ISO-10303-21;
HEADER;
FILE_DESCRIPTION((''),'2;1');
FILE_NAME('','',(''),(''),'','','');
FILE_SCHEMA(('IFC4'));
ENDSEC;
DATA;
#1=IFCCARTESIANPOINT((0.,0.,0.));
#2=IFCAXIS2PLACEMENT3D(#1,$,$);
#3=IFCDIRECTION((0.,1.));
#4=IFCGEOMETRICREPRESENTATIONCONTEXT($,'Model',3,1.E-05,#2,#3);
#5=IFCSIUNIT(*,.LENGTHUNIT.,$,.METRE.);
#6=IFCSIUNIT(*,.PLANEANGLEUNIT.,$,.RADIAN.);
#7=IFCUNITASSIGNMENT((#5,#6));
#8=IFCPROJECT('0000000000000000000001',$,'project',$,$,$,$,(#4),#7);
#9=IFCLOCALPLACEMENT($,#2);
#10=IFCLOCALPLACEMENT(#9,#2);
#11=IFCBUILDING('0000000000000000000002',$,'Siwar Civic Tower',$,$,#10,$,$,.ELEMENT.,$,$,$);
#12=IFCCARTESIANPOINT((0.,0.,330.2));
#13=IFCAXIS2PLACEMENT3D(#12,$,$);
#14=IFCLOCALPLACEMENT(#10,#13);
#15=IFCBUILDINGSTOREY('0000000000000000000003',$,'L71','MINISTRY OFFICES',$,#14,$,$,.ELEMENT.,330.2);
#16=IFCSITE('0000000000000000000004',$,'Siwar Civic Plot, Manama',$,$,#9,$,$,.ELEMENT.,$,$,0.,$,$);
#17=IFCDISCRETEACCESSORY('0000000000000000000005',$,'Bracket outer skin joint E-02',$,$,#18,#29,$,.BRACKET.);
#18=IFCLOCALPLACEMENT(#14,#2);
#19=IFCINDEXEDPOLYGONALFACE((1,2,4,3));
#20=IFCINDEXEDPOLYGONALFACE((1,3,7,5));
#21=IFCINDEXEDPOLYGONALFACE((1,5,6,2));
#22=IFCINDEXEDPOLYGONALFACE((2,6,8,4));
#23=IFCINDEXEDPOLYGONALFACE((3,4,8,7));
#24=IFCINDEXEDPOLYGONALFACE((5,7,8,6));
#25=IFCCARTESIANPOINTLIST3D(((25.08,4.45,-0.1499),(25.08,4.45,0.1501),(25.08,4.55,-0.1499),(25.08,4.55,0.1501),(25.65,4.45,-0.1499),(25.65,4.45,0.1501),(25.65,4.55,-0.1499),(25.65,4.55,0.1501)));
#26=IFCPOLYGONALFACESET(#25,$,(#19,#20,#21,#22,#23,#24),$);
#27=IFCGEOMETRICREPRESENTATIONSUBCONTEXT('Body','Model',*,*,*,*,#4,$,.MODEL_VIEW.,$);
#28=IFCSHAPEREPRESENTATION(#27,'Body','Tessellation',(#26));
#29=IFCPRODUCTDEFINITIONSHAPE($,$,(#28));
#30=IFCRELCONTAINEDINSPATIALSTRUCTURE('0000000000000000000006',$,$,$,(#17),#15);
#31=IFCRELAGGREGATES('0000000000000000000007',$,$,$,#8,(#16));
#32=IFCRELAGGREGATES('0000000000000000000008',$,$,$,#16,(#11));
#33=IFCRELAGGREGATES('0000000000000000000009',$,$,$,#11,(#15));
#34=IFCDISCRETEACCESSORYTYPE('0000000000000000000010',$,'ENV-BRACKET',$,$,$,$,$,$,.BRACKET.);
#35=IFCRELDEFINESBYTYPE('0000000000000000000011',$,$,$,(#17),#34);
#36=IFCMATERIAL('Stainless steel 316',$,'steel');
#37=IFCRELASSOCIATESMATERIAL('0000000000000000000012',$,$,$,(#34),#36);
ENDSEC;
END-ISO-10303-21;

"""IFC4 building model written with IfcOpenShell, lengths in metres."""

from ifc_helpers import new_model, si_unit, direction, frame, origin, origin_2d, place, context, subcontext, project, spatial, rectangle, extrude, material, type_object, element, save


model = new_model("IFC4")

# Units and contexts
model_context = context("Model", 3, precision=1e-05, world=origin(), true_north=direction((0.0, 1.0)))
body_context = subcontext(model_context, "Body", "Model", "MODEL_VIEW")
ifc_project = project(units=[si_unit("LENGTHUNIT", "METRE"), si_unit("PLANEANGLEUNIT", "RADIAN")], contexts=[model_context])

# Site, building, storey
site_placement = place(None, origin())
site = spatial("IfcSite", under=ifc_project, at=site_placement, Name="Siwar Civic Plot, Manama", CompositionType="ELEMENT", RefElevation=0.0)
building_placement = place(site_placement, origin())
building = spatial("IfcBuilding", under=site, at=building_placement, Name="Siwar Civic Tower", CompositionType="ELEMENT")
storey_placement = place(building_placement, frame((0.0, 0.0, 330.2)))
storey = spatial("IfcBuildingStorey", under=building, at=storey_placement, Name="L71", Description="MINISTRY OFFICES", CompositionType="ELEMENT", Elevation=330.2)

# Discrete accessory
ifc_material_1 = material(Name="Stainless steel 316", Category="steel")
discrete_accessory_type = type_object("IfcDiscreteAccessoryType", Name="ENV-BRACKET", PredefinedType="BRACKET", material=ifc_material_1)
discrete_accessory_placement = place(storey_placement, frame((25.365, 4.5, -0.1499), z_axis=(0.0, 0.0, 1.0), x_axis=(1.0, 0.0, 0.0)))
element("IfcDiscreteAccessory", 1, at=discrete_accessory_placement, inside=storey, type_object=discrete_accessory_type, Name="Bracket outer skin joint E-02", PredefinedType="BRACKET", context=body_context, shape_type="SweptSolid", body=[
    extrude(rectangle(XDim=0.5701, YDim=0.1001, at=origin_2d()), origin(), (0.0, 0.0, 1.0), 0.3),
])

save(model, "model.ifc")
